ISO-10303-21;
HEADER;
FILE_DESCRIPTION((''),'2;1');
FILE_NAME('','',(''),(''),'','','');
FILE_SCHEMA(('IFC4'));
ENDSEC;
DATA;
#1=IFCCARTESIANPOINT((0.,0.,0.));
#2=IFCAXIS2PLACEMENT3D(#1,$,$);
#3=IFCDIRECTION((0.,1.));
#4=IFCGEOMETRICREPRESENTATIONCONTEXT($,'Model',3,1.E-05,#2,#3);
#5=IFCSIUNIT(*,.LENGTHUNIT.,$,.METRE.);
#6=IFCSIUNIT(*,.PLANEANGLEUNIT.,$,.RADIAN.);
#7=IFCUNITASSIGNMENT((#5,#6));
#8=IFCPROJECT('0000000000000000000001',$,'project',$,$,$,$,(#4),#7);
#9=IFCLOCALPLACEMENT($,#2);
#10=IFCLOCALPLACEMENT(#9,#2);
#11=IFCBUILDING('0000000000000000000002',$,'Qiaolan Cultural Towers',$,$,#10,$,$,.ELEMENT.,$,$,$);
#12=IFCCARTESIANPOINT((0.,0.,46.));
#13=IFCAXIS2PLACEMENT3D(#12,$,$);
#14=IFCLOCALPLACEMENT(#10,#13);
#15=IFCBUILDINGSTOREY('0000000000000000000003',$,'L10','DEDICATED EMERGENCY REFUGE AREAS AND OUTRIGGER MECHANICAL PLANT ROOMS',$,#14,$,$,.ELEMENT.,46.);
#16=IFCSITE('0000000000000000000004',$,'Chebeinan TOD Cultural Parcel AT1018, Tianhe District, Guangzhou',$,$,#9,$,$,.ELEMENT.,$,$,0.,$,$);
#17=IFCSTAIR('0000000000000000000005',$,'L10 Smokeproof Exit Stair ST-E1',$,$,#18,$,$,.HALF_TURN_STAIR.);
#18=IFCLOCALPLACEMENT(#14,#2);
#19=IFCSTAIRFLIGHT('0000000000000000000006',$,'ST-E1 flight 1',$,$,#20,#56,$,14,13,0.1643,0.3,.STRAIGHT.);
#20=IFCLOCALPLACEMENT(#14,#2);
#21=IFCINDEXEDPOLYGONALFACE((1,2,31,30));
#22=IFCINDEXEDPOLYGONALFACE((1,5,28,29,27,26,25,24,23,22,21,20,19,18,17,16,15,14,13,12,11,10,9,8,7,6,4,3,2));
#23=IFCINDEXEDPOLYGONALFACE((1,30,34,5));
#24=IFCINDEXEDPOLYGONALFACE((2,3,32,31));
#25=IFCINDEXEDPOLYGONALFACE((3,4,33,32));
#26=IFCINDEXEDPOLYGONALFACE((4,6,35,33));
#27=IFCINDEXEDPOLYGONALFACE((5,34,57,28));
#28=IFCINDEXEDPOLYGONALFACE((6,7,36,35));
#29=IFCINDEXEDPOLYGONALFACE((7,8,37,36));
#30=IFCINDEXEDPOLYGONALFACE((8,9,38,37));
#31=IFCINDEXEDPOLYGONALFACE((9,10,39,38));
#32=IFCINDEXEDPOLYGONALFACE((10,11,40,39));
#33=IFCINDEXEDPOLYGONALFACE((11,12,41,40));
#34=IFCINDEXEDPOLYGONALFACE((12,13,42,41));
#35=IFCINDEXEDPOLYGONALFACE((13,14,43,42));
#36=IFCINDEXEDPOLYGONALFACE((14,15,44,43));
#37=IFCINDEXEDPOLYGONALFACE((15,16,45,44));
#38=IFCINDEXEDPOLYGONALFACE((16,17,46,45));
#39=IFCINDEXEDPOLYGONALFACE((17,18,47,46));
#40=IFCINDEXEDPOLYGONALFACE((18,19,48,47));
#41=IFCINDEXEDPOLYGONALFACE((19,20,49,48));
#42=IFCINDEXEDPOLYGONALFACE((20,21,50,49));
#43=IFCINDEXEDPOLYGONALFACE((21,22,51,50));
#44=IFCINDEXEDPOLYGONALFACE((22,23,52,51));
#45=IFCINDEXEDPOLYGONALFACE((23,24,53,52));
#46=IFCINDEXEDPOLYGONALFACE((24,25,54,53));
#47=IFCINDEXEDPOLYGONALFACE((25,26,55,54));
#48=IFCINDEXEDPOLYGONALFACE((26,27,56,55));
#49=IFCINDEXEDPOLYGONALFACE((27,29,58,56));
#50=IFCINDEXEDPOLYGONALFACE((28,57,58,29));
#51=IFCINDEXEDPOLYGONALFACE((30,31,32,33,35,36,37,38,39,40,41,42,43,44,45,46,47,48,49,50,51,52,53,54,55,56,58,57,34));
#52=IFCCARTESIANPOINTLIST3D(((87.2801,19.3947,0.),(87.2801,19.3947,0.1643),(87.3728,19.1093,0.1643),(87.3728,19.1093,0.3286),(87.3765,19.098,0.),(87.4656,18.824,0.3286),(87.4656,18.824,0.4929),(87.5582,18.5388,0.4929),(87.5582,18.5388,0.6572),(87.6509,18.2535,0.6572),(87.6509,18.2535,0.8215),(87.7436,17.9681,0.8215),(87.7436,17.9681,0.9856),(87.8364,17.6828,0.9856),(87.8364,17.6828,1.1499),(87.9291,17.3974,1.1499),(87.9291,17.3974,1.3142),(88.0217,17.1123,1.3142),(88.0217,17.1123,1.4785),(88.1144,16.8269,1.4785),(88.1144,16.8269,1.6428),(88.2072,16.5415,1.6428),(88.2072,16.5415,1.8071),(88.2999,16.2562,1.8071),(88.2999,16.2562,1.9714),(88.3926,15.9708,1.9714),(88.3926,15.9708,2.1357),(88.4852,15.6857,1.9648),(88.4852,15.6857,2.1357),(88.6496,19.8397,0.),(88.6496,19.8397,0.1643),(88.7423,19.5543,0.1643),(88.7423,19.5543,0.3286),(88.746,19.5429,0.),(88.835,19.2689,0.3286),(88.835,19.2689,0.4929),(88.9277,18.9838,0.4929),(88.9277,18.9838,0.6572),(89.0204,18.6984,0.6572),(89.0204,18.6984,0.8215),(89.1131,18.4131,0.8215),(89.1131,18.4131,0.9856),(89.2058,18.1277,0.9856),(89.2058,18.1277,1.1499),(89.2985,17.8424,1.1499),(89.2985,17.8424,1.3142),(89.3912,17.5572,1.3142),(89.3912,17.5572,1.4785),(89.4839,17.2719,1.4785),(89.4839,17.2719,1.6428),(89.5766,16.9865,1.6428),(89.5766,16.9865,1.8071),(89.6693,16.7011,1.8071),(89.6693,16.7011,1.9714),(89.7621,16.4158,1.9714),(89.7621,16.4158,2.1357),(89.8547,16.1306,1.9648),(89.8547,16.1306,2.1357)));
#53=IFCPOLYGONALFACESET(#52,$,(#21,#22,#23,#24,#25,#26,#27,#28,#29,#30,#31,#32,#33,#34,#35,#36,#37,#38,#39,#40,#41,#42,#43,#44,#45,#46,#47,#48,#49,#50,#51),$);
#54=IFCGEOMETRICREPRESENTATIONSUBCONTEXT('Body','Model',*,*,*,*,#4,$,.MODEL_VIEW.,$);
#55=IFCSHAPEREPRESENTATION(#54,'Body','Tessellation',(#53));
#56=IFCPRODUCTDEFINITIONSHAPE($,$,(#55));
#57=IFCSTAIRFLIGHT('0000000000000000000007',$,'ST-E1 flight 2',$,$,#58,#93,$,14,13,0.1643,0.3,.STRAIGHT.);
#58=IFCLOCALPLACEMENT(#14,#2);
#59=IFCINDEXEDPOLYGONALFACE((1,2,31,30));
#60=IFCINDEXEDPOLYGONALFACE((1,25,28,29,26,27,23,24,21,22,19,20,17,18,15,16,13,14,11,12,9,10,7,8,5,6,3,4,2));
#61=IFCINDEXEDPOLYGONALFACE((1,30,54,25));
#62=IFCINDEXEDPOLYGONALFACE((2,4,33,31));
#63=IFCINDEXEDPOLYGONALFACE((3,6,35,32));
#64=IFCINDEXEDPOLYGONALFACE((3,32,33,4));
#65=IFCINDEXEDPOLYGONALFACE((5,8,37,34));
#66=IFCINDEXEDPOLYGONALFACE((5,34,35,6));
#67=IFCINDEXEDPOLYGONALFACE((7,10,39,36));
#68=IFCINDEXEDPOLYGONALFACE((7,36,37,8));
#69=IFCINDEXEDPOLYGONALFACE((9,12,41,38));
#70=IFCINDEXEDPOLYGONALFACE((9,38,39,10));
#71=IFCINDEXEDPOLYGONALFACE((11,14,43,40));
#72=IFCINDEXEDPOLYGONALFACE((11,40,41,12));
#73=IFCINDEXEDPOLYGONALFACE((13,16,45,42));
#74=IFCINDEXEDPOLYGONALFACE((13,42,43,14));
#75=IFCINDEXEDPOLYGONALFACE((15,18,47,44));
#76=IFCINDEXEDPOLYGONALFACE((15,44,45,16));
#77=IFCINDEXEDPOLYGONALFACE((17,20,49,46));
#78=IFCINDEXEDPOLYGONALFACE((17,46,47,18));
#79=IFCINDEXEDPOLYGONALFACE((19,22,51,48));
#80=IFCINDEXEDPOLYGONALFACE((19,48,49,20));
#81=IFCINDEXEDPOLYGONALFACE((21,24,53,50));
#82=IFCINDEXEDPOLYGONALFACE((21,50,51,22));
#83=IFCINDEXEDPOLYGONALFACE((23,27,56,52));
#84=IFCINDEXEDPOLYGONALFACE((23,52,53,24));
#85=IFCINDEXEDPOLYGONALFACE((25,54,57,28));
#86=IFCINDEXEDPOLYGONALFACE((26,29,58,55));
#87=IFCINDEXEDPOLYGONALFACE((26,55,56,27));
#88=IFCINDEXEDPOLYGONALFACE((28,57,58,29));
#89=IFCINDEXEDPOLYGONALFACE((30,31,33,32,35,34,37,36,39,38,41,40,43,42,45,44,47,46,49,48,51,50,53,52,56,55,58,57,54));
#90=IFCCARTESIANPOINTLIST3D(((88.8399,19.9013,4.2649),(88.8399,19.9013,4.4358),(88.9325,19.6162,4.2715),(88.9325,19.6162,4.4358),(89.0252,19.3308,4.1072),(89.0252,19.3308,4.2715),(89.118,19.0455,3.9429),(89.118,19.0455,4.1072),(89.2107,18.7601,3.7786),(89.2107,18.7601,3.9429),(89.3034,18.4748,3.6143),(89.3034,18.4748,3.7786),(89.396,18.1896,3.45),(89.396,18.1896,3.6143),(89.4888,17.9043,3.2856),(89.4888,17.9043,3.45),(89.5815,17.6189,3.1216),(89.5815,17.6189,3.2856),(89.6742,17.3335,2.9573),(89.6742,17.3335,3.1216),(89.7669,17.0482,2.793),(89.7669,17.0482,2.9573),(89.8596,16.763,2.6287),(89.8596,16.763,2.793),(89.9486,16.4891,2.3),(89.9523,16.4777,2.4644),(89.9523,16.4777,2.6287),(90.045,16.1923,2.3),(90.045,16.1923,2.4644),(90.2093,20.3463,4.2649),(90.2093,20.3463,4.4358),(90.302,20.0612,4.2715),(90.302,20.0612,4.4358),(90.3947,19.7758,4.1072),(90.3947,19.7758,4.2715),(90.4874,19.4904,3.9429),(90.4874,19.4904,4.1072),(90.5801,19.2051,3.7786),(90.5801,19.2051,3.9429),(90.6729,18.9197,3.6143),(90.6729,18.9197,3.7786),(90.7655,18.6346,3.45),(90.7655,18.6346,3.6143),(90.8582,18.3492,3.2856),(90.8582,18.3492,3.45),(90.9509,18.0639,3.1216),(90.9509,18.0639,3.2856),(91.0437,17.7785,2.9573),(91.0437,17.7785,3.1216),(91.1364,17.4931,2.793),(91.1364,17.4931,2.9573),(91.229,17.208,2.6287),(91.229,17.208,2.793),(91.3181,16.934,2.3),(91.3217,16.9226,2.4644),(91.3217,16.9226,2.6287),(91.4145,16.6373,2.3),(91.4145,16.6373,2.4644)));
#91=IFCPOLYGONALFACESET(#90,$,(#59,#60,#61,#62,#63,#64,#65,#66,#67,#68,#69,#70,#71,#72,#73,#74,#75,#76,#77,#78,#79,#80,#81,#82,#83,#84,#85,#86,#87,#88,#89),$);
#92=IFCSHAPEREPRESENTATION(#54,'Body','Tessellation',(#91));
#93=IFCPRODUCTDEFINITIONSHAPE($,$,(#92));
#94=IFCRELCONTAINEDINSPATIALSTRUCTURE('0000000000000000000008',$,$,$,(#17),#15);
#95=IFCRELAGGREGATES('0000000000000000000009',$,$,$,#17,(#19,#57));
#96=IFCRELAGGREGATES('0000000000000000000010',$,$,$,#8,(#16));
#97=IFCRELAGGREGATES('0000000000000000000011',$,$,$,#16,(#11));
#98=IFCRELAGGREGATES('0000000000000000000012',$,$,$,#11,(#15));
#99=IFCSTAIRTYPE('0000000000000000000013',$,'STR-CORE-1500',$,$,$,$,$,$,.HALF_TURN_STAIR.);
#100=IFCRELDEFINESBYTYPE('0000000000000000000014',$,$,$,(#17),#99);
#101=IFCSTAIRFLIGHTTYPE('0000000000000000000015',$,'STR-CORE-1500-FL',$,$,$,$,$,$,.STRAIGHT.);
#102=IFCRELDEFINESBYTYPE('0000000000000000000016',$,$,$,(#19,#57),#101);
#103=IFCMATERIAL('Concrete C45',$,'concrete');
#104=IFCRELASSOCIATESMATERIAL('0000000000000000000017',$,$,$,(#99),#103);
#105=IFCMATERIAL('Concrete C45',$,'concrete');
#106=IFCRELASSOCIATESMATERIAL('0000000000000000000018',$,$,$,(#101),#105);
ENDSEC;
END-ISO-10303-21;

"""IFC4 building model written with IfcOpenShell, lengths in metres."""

from ifc_helpers import new_model, si_unit, direction, frame, origin, place, context, subcontext, project, spatial, polyline, outline, extrude, material, type_object, element, aggregate, save


model = new_model("IFC4")

# Units and contexts
model_context = context("Model", 3, precision=1e-05, world=origin(), true_north=direction((0.0, 1.0)))
body_context = subcontext(model_context, "Body", "Model", "MODEL_VIEW")
ifc_project = project(units=[si_unit("LENGTHUNIT", "METRE"), si_unit("PLANEANGLEUNIT", "RADIAN")], contexts=[model_context])

# Site, building, storey
site_placement = place(None, origin())
site = spatial("IfcSite", under=ifc_project, at=site_placement, Name="Chebeinan TOD Cultural Parcel AT1018, Tianhe District, Guangzhou", CompositionType="ELEMENT", RefElevation=0.0)
building_placement = place(site_placement, origin())
building = spatial("IfcBuilding", under=site, at=building_placement, Name="Qiaolan Cultural Towers", CompositionType="ELEMENT")
storey_placement = place(building_placement, frame((0.0, 0.0, 46.0)))
storey = spatial("IfcBuildingStorey", under=building, at=storey_placement, Name="L10", Description="DEDICATED EMERGENCY REFUGE AREAS AND OUTRIGGER MECHANICAL PLANT ROOMS", CompositionType="ELEMENT", Elevation=46.0)

# Stair, stair flights
ifc_material_1 = material(Name="Concrete C45", Category="concrete")
stair_type = type_object("IfcStairType", Name="STR-CORE-1500", PredefinedType="HALF_TURN_STAIR", material=ifc_material_1)
stair_placement = place(storey_placement, origin())
stair = element("IfcStair", 1, at=stair_placement, inside=storey, type_object=stair_type, Name="L10 Smokeproof Exit Stair ST-E1", PredefinedType="HALF_TURN_STAIR")
ifc_material_2 = material(Name="Concrete C45", Category="concrete")
stair_flight_type = type_object("IfcStairFlightType", Name="STR-CORE-1500-FL", PredefinedType="STRAIGHT", material=ifc_material_2)
stair_flight_1_placement = place(storey_placement, frame((87.9648, 19.6172, 0.0), z_axis=(0.0, 0.0, 1.0), x_axis=(0.309017, -0.951057, 0.0)))
stair_flight_1 = element("IfcStairFlight", 2, at=stair_flight_1_placement, type_object=stair_flight_type, Name="ST-E1 flight 1", NumberOfRisers=14, NumberOfTreads=13, PredefinedType="STRAIGHT", RiserHeight=0.1643, TreadLength=0.3, context=body_context, shape_type="SweptSolid", body=[
    extrude(outline(polyline([(0.0, 0.0), (0.0, 0.1643), (0.3, 0.1643), (0.3, 0.3286), (0.6001, 0.3286), (0.6001, 0.4929), (0.8999, 0.4929), (0.8999, 0.6572), (1.2, 0.6572), (1.2, 0.8215), (1.5, 0.8215), (1.5, 0.9856), (1.8, 0.9856), (1.8, 1.1499), (2.1001, 1.1499), (2.1001, 1.3142), (2.3999, 1.3142), (2.3999, 1.4785), (2.7, 1.4785), (2.7, 1.6428), (3.0, 1.6428), (3.0, 1.8071), (3.3, 1.8071), (3.3, 1.9714), (3.6001, 1.9714), (3.6001, 2.1357), (3.8999, 2.1357), (3.8999, 2.3), (3.8999, 1.9648), (0.312, 0.0), (0.0, 0.0)])), frame((0.0, 0.72, 0.0), z_axis=(0.0, -1.0, 0.0), x_axis=(1.0, 0.0, 0.0)), (0.0, 0.0, 1.0), 1.4399),
])
stair_flight_2_placement = place(storey_placement, frame((90.7297, 16.4148, 2.3), z_axis=(0.0, 0.0, 1.0), x_axis=(-0.309017, 0.951057, 0.0)))
stair_flight_2 = element("IfcStairFlight", 3, at=stair_flight_2_placement, type_object=stair_flight_type, Name="ST-E1 flight 2", NumberOfRisers=14, NumberOfTreads=13, PredefinedType="STRAIGHT", RiserHeight=0.1643, TreadLength=0.3, context=body_context, shape_type="SweptSolid", body=[
    extrude(outline(polyline([(0.0, 0.0), (0.0, 0.1643), (0.3, 0.1643), (0.3, 0.3286), (0.6001, 0.3286), (0.6001, 0.4929), (0.8999, 0.4929), (0.8999, 0.6572), (1.2, 0.6572), (1.2, 0.8215), (1.5, 0.8215), (1.5, 0.9856), (1.8, 0.9856), (1.8, 1.1499), (2.1001, 1.1499), (2.1001, 1.3142), (2.3999, 1.3142), (2.3999, 1.4785), (2.7, 1.4785), (2.7, 1.6428), (3.0, 1.6428), (3.0, 1.8071), (3.3, 1.8071), (3.3, 1.9714), (3.6001, 1.9714), (3.6001, 2.1357), (3.8999, 2.1357), (3.8999, 2.3), (3.8999, 1.9648), (0.312, 0.0), (0.0, 0.0)])), frame((0.0, 0.72, 0.0), z_axis=(0.0, -1.0, 0.0), x_axis=(1.0, 0.0, 0.0)), (0.0, 0.0, 1.0), 1.4399),
])
aggregate(stair, [stair_flight_1, stair_flight_2])

save(model, "model.ifc")
